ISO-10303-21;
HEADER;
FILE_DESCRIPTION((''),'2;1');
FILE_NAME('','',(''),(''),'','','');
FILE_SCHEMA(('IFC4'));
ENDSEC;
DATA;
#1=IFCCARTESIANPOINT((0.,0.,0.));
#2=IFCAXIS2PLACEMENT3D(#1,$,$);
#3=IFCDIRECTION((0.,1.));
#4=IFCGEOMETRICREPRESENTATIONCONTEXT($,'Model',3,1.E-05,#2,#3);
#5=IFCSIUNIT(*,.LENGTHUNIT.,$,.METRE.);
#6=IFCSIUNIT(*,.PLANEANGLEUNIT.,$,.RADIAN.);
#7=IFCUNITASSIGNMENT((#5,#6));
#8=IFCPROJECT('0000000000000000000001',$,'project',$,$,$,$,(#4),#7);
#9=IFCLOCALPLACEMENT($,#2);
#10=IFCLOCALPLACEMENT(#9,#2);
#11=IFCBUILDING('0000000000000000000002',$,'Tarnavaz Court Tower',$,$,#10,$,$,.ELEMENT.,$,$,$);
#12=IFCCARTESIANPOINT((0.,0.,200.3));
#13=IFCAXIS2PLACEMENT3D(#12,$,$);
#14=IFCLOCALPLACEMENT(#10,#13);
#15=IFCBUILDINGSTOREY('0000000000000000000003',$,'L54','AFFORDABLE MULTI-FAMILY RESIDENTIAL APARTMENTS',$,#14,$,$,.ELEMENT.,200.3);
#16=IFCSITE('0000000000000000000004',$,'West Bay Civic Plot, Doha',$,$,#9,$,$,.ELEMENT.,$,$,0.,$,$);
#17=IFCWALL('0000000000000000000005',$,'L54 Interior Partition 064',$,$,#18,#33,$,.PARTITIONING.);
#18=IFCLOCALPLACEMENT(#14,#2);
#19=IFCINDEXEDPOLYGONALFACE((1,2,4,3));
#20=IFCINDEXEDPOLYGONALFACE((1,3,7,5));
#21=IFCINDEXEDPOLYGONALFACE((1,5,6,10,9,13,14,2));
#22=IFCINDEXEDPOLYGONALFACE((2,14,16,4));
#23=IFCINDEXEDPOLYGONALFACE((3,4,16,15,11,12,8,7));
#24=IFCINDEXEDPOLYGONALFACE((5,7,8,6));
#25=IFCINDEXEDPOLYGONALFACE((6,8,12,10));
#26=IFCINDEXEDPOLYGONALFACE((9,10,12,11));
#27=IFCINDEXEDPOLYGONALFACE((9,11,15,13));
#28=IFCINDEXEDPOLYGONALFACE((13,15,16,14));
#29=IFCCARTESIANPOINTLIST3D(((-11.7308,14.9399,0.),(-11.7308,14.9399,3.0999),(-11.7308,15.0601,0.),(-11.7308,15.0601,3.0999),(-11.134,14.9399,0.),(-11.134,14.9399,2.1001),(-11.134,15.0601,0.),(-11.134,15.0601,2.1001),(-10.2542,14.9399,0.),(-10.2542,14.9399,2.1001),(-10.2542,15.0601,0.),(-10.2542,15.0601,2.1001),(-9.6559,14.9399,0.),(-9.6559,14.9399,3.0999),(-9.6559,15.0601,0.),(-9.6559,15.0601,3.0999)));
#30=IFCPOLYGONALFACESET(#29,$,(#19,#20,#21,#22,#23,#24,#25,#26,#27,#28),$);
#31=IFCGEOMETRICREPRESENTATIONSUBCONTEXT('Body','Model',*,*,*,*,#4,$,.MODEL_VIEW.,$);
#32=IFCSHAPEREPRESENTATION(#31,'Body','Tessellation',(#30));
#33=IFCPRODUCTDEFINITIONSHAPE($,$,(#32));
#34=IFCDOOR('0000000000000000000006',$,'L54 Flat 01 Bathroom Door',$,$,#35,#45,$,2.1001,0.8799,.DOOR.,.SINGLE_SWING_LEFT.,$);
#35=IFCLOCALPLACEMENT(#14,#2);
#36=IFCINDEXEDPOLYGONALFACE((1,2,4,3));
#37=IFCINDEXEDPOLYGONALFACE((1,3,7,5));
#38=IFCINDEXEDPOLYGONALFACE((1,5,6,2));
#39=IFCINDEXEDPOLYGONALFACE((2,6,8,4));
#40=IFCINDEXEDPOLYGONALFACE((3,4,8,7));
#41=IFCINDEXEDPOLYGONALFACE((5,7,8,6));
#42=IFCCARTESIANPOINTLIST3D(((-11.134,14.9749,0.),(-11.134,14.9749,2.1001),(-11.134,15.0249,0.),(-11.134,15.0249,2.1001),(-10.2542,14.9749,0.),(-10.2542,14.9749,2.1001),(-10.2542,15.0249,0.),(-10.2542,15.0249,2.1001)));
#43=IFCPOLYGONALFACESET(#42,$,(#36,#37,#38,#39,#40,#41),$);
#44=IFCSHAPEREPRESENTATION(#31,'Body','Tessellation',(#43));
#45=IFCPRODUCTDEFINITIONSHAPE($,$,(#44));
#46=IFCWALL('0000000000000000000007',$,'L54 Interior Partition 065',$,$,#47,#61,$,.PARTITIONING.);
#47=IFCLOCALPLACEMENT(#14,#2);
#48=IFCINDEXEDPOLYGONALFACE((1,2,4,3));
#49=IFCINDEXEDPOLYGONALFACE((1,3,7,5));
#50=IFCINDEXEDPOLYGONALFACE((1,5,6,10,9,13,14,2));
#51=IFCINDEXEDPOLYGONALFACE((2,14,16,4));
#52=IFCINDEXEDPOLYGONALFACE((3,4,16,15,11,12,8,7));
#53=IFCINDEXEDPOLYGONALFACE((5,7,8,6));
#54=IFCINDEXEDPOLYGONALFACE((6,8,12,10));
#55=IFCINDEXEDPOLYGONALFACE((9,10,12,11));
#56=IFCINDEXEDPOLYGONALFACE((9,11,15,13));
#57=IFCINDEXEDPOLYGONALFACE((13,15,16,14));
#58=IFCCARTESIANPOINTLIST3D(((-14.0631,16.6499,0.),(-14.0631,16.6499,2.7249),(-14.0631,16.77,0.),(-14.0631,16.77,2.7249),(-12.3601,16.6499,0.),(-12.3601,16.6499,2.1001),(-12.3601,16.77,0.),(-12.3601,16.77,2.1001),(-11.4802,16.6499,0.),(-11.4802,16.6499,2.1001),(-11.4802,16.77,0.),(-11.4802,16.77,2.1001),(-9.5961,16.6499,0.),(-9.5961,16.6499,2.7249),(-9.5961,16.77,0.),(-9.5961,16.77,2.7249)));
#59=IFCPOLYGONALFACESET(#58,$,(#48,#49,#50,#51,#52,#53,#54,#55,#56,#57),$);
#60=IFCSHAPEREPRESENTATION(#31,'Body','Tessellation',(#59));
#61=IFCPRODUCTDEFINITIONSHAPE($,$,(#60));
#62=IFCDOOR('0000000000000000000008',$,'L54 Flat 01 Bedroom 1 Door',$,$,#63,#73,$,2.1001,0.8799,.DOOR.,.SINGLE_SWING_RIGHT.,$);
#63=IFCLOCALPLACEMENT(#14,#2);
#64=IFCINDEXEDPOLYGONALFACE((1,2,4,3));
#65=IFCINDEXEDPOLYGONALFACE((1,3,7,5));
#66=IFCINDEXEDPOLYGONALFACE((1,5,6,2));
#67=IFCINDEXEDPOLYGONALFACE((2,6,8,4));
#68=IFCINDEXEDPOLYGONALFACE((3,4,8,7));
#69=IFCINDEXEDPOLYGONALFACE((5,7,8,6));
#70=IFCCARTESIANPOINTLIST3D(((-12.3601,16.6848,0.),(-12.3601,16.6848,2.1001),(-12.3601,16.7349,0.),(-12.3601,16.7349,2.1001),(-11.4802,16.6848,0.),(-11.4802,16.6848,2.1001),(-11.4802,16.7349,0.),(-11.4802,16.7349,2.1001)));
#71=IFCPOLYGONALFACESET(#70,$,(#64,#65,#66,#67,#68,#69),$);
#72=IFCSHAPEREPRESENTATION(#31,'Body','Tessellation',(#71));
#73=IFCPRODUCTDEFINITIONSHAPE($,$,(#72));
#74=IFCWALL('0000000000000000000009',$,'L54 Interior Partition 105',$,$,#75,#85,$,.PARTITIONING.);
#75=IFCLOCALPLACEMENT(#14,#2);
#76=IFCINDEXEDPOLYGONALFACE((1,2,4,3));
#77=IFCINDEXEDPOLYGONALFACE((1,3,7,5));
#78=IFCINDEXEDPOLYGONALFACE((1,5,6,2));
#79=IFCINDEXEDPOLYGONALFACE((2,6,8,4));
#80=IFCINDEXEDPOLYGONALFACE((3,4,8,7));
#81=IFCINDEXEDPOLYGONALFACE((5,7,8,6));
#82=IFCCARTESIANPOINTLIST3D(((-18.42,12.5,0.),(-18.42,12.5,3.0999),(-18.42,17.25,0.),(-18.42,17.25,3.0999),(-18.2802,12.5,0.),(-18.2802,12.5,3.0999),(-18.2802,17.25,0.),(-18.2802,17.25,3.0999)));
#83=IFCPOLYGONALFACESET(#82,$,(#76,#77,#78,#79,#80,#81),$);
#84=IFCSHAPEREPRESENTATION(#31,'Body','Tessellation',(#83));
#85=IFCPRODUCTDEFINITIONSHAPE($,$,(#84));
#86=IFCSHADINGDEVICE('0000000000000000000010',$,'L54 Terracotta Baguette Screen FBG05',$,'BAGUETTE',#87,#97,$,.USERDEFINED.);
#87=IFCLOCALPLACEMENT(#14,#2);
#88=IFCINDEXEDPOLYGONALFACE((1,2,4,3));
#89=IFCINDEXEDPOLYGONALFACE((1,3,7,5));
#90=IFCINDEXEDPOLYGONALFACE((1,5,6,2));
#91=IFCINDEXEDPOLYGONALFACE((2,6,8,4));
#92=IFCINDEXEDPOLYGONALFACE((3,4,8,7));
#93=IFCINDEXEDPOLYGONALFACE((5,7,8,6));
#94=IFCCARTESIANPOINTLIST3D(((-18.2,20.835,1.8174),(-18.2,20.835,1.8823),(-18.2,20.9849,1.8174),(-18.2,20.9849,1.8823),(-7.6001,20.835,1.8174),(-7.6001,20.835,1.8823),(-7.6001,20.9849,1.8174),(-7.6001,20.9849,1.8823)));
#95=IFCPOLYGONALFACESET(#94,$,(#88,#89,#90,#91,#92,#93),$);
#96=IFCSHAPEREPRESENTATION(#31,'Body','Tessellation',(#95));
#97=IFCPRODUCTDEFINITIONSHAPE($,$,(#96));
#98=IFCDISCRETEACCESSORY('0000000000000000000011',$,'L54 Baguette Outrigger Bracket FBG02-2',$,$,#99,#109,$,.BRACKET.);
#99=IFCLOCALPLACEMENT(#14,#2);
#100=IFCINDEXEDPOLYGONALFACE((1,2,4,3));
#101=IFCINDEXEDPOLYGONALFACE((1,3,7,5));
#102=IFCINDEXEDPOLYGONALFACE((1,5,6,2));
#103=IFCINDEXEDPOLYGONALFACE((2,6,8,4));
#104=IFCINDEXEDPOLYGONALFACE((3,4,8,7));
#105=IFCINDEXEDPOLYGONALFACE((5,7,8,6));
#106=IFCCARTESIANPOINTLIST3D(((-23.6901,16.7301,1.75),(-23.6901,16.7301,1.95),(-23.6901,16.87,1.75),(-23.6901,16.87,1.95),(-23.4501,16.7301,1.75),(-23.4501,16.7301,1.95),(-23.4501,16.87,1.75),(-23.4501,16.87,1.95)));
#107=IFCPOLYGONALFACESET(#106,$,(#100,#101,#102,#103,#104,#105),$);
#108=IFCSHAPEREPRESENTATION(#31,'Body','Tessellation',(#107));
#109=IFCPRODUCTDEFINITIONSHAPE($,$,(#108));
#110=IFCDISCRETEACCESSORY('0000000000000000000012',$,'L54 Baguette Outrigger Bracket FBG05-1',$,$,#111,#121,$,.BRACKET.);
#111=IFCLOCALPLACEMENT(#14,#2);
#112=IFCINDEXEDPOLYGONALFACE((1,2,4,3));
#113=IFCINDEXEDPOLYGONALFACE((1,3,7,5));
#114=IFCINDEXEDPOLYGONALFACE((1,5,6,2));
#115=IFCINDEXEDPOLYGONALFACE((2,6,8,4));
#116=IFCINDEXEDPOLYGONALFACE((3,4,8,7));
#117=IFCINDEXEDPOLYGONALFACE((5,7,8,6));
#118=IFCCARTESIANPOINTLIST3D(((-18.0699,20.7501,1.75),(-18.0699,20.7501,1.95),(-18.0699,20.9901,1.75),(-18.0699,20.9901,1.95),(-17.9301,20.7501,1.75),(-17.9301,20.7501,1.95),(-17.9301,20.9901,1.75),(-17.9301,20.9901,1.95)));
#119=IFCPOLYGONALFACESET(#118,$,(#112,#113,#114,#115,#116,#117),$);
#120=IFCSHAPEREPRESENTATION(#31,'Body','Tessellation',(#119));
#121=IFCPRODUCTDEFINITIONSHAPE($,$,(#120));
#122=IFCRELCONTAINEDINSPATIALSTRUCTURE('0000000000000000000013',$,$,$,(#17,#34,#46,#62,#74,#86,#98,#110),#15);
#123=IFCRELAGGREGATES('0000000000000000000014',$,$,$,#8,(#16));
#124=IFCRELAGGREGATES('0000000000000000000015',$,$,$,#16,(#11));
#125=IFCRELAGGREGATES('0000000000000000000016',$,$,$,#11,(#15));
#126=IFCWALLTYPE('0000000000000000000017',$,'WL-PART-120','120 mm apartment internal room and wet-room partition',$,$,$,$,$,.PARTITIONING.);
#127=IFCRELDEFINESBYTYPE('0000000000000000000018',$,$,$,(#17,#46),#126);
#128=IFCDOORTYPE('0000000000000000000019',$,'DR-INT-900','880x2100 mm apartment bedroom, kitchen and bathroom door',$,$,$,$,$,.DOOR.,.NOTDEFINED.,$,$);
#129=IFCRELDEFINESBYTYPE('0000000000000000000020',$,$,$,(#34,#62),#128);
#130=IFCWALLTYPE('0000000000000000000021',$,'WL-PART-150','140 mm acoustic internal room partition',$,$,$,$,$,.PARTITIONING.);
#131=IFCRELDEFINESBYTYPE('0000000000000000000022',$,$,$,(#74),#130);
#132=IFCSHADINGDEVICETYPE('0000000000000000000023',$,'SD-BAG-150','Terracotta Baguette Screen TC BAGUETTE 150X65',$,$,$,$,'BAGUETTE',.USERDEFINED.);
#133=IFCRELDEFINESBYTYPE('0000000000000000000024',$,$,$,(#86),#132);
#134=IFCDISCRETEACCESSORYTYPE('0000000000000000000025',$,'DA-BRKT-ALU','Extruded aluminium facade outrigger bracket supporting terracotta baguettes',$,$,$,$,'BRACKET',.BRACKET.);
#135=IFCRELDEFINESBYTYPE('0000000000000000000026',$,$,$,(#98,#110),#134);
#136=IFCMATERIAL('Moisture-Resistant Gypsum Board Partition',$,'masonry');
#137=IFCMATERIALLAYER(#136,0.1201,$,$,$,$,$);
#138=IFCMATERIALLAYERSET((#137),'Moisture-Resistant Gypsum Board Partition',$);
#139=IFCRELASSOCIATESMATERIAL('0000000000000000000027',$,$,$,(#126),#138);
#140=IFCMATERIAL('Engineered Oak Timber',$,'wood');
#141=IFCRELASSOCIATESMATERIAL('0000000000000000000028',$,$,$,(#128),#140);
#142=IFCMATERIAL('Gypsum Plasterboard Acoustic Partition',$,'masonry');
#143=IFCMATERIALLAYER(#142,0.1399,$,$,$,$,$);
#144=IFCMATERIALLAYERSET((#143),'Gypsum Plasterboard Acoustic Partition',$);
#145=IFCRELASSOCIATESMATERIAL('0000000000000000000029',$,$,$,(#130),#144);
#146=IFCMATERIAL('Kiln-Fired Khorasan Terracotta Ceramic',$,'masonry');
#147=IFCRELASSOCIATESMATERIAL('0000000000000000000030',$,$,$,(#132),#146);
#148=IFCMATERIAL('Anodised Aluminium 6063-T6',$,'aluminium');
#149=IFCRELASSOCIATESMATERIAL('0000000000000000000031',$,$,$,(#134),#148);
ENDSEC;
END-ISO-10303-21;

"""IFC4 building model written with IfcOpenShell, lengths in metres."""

from ifc_helpers import new_model, si_unit, direction, frame, frame_2d, origin, origin_2d, place, context, subcontext, project, spatial, rectangle, extrude, material, layer, layer_set, material_profile, profile_set, type_object, element, fill, save


model = new_model("IFC4")

# Units and contexts
model_context = context("Model", 3, precision=1e-05, world=origin(), true_north=direction((0.0, 1.0)))
body_context = subcontext(model_context, "Body", "Model", "MODEL_VIEW")
ifc_project = project(units=[si_unit("LENGTHUNIT", "METRE"), si_unit("PLANEANGLEUNIT", "RADIAN")], contexts=[model_context])

# Site, building, storey
site_placement = place(None, origin())
site = spatial("IfcSite", under=ifc_project, at=site_placement, Name="West Bay Civic Plot, Doha", CompositionType="ELEMENT", RefElevation=0.0)
building_placement = place(site_placement, origin())
building = spatial("IfcBuilding", under=site, at=building_placement, Name="Tarnavaz Court Tower", CompositionType="ELEMENT")
storey_placement = place(building_placement, frame((0.0, 0.0, 200.3)))
storey = spatial("IfcBuildingStorey", under=building, at=storey_placement, Name="L54", Description="AFFORDABLE MULTI-FAMILY RESIDENTIAL APARTMENTS", CompositionType="ELEMENT", Elevation=200.3)

# Walls, openings, doors
ifc_material_1 = material(Name="Moisture-Resistant Gypsum Board Partition", Category="masonry")
ifc_layer_1 = layer(ifc_material_1, 0.1201)
ifc_layer_set_1 = layer_set([ifc_layer_1], Name="Moisture-Resistant Gypsum Board Partition")
wall_type_1 = type_object("IfcWallType", Name="WL-PART-120", Description="120 mm apartment internal room and wet-room partition", PredefinedType="PARTITIONING", material=ifc_layer_set_1)
ifc_material_2 = material(Name="Engineered Oak Timber", Category="wood")
door_type = type_object("IfcDoorType", Name="DR-INT-900", Description="880x2100 mm apartment bedroom, kitchen and bathroom door", OperationType="NOTDEFINED", PredefinedType="DOOR", material=ifc_material_2)
wall_1_placement = place(storey_placement, frame((-11.731, 15.0, 0.0), z_axis=(0.0, 0.0, 1.0), x_axis=(1.0, 0.0, 0.0)))
wall_1 = element("IfcWall", 1, at=wall_1_placement, inside=storey, type_object=wall_type_1, Name="L54 Interior Partition 064", PredefinedType="PARTITIONING", context=body_context, shape_type="SweptSolid", body=[
    extrude(rectangle(XDim=2.075, YDim=0.1201, at=frame_2d((1.0376, 0.0))), origin(), (0.0, 0.0, 1.0), 3.0999),
])
opening_1_placement = place(wall_1_placement, frame((0.5969, 0.0, 0.0)))
opening_1 = element("IfcOpeningElement", 2, at=opening_1_placement, cuts=wall_1, PredefinedType="OPENING", context=body_context, shape_type="SweptSolid", body=[
    extrude(rectangle(XDim=0.8799, YDim=2.1001, at=frame_2d((0.4399, 1.05))), frame((0.0, 0.0701, 0.0), z_axis=(0.0, -1.0, 0.0), x_axis=(1.0, 0.0, 0.0)), (0.0, 0.0, 1.0), 0.1401),
])
door_1_placement = place(opening_1_placement, origin())
door_1 = element("IfcDoor", 3, at=door_1_placement, inside=storey, type_object=door_type, Name="L54 Flat 01 Bathroom Door", OperationType="SINGLE_SWING_LEFT", OverallHeight=2.1001, OverallWidth=0.8799, PredefinedType="DOOR", context=body_context, shape_type="SweptSolid", body=[
    extrude(rectangle(XDim=0.8799, YDim=2.1001, at=frame_2d((0.4399, 1.05))), frame((0.0, 0.0249, 0.0), z_axis=(0.0, -1.0, 0.0), x_axis=(1.0, 0.0, 0.0)), (0.0, 0.0, 1.0), 0.05),
])
fill(opening_1, door_1)
wall_2_placement = place(storey_placement, frame((-14.063, 16.71, 0.0), z_axis=(0.0, 0.0, 1.0), x_axis=(1.0, 0.0, 0.0)))
wall_2 = element("IfcWall", 4, at=wall_2_placement, inside=storey, type_object=wall_type_1, Name="L54 Interior Partition 065", PredefinedType="PARTITIONING", context=body_context, shape_type="SweptSolid", body=[
    extrude(rectangle(XDim=4.467, YDim=0.1201, at=frame_2d((2.2334, 0.0))), origin(), (0.0, 0.0, 1.0), 2.7249),
])
opening_2_placement = place(wall_2_placement, frame((1.7029, 0.0, 0.0)))
opening_2 = element("IfcOpeningElement", 5, at=opening_2_placement, cuts=wall_2, PredefinedType="OPENING", context=body_context, shape_type="SweptSolid", body=[
    extrude(rectangle(XDim=0.8799, YDim=2.1001, at=frame_2d((0.4399, 1.05))), frame((0.0, 0.0701, 0.0), z_axis=(0.0, -1.0, 0.0), x_axis=(1.0, 0.0, 0.0)), (0.0, 0.0, 1.0), 0.1401),
])
door_2_placement = place(opening_2_placement, origin())
door_2 = element("IfcDoor", 6, at=door_2_placement, inside=storey, type_object=door_type, Name="L54 Flat 01 Bedroom 1 Door", OperationType="SINGLE_SWING_RIGHT", OverallHeight=2.1001, OverallWidth=0.8799, PredefinedType="DOOR", context=body_context, shape_type="SweptSolid", body=[
    extrude(rectangle(XDim=0.8799, YDim=2.1001, at=frame_2d((0.4399, 1.05))), frame((0.0, 0.0249, 0.0), z_axis=(0.0, -1.0, 0.0), x_axis=(1.0, 0.0, 0.0)), (0.0, 0.0, 1.0), 0.05),
])
fill(opening_2, door_2)

# Wall
ifc_material_3 = material(Name="Gypsum Plasterboard Acoustic Partition", Category="masonry")
ifc_layer_2 = layer(ifc_material_3, 0.1399)
ifc_layer_set_2 = layer_set([ifc_layer_2], Name="Gypsum Plasterboard Acoustic Partition")
wall_type_2 = type_object("IfcWallType", Name="WL-PART-150", Description="140 mm acoustic internal room partition", PredefinedType="PARTITIONING", material=ifc_layer_set_2)
wall_3_placement = place(storey_placement, frame((-18.3501, 12.5, 0.0), z_axis=(0.0, 0.0, 1.0), x_axis=(0.0, 1.0, 0.0)))
element("IfcWall", 7, at=wall_3_placement, inside=storey, type_object=wall_type_2, Name="L54 Interior Partition 105", PredefinedType="PARTITIONING", context=body_context, shape_type="SweptSolid", body=[
    extrude(rectangle(XDim=4.75, YDim=0.1399, at=frame_2d((2.375, 0.0))), origin(), (0.0, 0.0, 1.0), 3.0999),
])

# Shading device
ifc_material_4 = material(Name="Kiln-Fired Khorasan Terracotta Ceramic", Category="masonry")
ifc_material_profile_1 = material_profile(ifc_material_4, rectangle(XDim=0.1499, YDim=0.0649, at=origin_2d()), Name="TC BAGUETTE 150X65")
ifc_profile_set_1 = profile_set([ifc_material_profile_1], Name="Kiln-Fired Khorasan Terracotta Ceramic")
shading_device_type = type_object("IfcShadingDeviceType", Name="SD-BAG-150", Description="Terracotta Baguette Screen TC BAGUETTE 150X65", ElementType="BAGUETTE", PredefinedType="USERDEFINED", material=ifc_profile_set_1)
shading_device_placement = place(storey_placement, frame((-18.2, 20.9099, 1.8499), z_axis=(1.0, 0.0, 0.0), x_axis=(0.0, 1.0, 0.0)))
element("IfcShadingDevice", 8, at=shading_device_placement, inside=storey, type_object=shading_device_type, Name="L54 Terracotta Baguette Screen FBG05", ObjectType="BAGUETTE", PredefinedType="USERDEFINED", context=body_context, shape_type="SweptSolid", body=[
    extrude(rectangle(XDim=0.1499, YDim=0.0649, at=origin_2d()), origin(), (0.0, 0.0, 1.0), 10.5999),
])

# Discrete accessories
ifc_material_5 = material(Name="Anodised Aluminium 6063-T6", Category="aluminium")
discrete_accessory_type = type_object("IfcDiscreteAccessoryType", Name="DA-BRKT-ALU", Description="Extruded aluminium facade outrigger bracket supporting terracotta baguettes", ElementType="BRACKET", PredefinedType="BRACKET", material=ifc_material_5)
for number, where, z_axis, x_axis, name in (
    (9, (-23.5701, 16.8, 1.75), (0.0, 0.0, 1.0), (0.0, 1.0, 0.0), "L54 Baguette Outrigger Bracket FBG02-2"),
    (10, (-18.0, 20.8701, 1.75), (0.0, 0.0, 1.0), (1.0, 0.0, 0.0), "L54 Baguette Outrigger Bracket FBG05-1"),
):
    element("IfcDiscreteAccessory", number, at=place(storey_placement, frame(where, z_axis=z_axis, x_axis=x_axis)), inside=storey, type_object=discrete_accessory_type, Name=name, PredefinedType="BRACKET", context=body_context, shape_type="SweptSolid", body=[
        extrude(rectangle(XDim=0.1399, YDim=0.24, at=origin_2d()), origin(), (0.0, 0.0, 1.0), 0.2),
    ])

save(model, "model.ifc")
